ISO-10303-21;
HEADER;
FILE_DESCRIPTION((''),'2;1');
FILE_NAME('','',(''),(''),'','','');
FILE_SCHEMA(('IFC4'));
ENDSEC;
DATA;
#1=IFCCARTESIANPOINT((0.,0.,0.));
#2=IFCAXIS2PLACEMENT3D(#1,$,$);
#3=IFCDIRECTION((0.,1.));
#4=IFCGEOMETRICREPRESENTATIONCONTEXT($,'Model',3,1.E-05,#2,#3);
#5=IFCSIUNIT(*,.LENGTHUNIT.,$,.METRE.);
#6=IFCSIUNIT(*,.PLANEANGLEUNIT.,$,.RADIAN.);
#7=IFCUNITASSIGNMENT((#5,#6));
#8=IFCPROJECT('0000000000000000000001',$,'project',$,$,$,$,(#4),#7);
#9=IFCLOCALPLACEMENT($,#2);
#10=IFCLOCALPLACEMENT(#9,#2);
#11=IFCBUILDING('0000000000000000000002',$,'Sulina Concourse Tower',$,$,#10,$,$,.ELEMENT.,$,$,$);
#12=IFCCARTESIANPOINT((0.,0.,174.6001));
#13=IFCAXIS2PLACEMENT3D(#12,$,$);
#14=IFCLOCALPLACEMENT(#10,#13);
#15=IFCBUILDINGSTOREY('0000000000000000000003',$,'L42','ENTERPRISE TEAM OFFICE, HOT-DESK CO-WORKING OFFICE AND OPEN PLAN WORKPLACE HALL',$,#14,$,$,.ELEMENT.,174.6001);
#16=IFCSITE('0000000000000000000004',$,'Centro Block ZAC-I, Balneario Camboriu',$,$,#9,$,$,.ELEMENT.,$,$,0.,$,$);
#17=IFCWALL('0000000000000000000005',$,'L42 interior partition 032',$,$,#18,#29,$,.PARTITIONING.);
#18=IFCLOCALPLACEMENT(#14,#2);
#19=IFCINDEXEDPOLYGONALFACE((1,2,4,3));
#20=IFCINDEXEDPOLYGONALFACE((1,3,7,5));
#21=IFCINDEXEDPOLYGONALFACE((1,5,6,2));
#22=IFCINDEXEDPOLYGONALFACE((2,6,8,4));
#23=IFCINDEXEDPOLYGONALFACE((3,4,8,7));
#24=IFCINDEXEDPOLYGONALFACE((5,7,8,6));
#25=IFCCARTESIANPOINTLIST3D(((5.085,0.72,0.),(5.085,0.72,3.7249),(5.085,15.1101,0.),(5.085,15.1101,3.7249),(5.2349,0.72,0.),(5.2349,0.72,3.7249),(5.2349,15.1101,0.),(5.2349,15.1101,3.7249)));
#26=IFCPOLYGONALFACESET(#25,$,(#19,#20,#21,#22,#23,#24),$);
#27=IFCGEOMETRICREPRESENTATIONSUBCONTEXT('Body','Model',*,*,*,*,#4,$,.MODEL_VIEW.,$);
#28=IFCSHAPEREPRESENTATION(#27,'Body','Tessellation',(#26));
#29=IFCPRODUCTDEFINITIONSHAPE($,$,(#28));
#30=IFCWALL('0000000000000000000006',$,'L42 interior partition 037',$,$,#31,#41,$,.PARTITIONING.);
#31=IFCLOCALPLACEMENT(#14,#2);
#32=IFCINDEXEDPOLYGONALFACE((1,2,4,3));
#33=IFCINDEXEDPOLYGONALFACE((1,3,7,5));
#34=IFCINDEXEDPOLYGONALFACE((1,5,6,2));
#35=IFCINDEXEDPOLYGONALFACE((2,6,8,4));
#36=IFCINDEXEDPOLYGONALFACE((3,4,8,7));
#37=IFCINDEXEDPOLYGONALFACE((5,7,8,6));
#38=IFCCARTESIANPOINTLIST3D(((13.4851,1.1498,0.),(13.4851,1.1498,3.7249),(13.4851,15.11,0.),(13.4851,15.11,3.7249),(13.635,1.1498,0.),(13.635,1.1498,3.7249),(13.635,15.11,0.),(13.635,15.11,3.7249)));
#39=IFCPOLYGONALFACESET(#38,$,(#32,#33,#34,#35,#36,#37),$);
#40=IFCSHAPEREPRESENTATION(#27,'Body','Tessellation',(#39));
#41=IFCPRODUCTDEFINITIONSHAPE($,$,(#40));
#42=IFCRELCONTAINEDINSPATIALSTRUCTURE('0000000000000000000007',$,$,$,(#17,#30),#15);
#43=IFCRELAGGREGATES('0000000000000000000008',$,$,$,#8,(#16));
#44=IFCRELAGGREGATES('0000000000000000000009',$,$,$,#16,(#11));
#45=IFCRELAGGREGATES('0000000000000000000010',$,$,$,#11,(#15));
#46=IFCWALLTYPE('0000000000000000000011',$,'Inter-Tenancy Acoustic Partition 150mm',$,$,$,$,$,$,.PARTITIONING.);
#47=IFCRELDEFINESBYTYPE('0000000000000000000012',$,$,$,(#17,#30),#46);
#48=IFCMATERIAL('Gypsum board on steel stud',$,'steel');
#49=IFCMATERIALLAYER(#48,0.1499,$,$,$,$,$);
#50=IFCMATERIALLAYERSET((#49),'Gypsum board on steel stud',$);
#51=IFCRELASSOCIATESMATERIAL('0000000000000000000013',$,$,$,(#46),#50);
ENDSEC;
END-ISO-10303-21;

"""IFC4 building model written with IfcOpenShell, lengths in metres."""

from ifc_helpers import new_model, si_unit, direction, frame, frame_2d, origin, place, context, subcontext, project, spatial, rectangle, extrude, material, layer, layer_set, type_object, element, save


model = new_model("IFC4")

# Units and contexts
model_context = context("Model", 3, precision=1e-05, world=origin(), true_north=direction((0.0, 1.0)))
body_context = subcontext(model_context, "Body", "Model", "MODEL_VIEW")
ifc_project = project(units=[si_unit("LENGTHUNIT", "METRE"), si_unit("PLANEANGLEUNIT", "RADIAN")], contexts=[model_context])

# Site, building, storey
site_placement = place(None, origin())
site = spatial("IfcSite", under=ifc_project, at=site_placement, Name="Centro Block ZAC-I, Balneario Camboriu", CompositionType="ELEMENT", RefElevation=0.0)
building_placement = place(site_placement, origin())
building = spatial("IfcBuilding", under=site, at=building_placement, Name="Sulina Concourse Tower", CompositionType="ELEMENT")
storey_placement = place(building_placement, frame((0.0, 0.0, 174.6001)))
storey = spatial("IfcBuildingStorey", under=building, at=storey_placement, Name="L42", Description="ENTERPRISE TEAM OFFICE, HOT-DESK CO-WORKING OFFICE AND OPEN PLAN WORKPLACE HALL", CompositionType="ELEMENT", Elevation=174.6001)

# Walls
ifc_material_1 = material(Name="Gypsum board on steel stud", Category="steel")
ifc_layer_1 = layer(ifc_material_1, 0.1499)
ifc_layer_set_1 = layer_set([ifc_layer_1], Name="Gypsum board on steel stud")
wall_type_1 = type_object("IfcWallType", Name="Inter-Tenancy Acoustic Partition 150mm", PredefinedType="PARTITIONING", material=ifc_layer_set_1)
wall_1_placement = place(storey_placement, frame((5.1599, 0.72, 0.0), z_axis=(0.0, 0.0, 1.0), x_axis=(0.0, 1.0, 0.0)))
element("IfcWall", 1, at=wall_1_placement, inside=storey, type_object=wall_type_1, Name="L42 interior partition 032", PredefinedType="PARTITIONING", context=body_context, shape_type="SweptSolid", body=[
    extrude(rectangle(XDim=14.3901, YDim=0.1499, at=frame_2d((7.1951, 0.0))), origin(), (0.0, 0.0, 1.0), 3.7249),
])
wall_2_placement = place(storey_placement, frame((13.5601, 1.1499, 0.0), z_axis=(0.0, 0.0, 1.0), x_axis=(0.0, 1.0, 0.0)))
element("IfcWall", 2, at=wall_2_placement, inside=storey, type_object=wall_type_1, Name="L42 interior partition 037", PredefinedType="PARTITIONING", context=body_context, shape_type="SweptSolid", body=[
    extrude(rectangle(XDim=13.9602, YDim=0.1499, at=frame_2d((6.98, 0.0))), origin(), (0.0, 0.0, 1.0), 3.7249),
])

save(model, "model.ifc")
